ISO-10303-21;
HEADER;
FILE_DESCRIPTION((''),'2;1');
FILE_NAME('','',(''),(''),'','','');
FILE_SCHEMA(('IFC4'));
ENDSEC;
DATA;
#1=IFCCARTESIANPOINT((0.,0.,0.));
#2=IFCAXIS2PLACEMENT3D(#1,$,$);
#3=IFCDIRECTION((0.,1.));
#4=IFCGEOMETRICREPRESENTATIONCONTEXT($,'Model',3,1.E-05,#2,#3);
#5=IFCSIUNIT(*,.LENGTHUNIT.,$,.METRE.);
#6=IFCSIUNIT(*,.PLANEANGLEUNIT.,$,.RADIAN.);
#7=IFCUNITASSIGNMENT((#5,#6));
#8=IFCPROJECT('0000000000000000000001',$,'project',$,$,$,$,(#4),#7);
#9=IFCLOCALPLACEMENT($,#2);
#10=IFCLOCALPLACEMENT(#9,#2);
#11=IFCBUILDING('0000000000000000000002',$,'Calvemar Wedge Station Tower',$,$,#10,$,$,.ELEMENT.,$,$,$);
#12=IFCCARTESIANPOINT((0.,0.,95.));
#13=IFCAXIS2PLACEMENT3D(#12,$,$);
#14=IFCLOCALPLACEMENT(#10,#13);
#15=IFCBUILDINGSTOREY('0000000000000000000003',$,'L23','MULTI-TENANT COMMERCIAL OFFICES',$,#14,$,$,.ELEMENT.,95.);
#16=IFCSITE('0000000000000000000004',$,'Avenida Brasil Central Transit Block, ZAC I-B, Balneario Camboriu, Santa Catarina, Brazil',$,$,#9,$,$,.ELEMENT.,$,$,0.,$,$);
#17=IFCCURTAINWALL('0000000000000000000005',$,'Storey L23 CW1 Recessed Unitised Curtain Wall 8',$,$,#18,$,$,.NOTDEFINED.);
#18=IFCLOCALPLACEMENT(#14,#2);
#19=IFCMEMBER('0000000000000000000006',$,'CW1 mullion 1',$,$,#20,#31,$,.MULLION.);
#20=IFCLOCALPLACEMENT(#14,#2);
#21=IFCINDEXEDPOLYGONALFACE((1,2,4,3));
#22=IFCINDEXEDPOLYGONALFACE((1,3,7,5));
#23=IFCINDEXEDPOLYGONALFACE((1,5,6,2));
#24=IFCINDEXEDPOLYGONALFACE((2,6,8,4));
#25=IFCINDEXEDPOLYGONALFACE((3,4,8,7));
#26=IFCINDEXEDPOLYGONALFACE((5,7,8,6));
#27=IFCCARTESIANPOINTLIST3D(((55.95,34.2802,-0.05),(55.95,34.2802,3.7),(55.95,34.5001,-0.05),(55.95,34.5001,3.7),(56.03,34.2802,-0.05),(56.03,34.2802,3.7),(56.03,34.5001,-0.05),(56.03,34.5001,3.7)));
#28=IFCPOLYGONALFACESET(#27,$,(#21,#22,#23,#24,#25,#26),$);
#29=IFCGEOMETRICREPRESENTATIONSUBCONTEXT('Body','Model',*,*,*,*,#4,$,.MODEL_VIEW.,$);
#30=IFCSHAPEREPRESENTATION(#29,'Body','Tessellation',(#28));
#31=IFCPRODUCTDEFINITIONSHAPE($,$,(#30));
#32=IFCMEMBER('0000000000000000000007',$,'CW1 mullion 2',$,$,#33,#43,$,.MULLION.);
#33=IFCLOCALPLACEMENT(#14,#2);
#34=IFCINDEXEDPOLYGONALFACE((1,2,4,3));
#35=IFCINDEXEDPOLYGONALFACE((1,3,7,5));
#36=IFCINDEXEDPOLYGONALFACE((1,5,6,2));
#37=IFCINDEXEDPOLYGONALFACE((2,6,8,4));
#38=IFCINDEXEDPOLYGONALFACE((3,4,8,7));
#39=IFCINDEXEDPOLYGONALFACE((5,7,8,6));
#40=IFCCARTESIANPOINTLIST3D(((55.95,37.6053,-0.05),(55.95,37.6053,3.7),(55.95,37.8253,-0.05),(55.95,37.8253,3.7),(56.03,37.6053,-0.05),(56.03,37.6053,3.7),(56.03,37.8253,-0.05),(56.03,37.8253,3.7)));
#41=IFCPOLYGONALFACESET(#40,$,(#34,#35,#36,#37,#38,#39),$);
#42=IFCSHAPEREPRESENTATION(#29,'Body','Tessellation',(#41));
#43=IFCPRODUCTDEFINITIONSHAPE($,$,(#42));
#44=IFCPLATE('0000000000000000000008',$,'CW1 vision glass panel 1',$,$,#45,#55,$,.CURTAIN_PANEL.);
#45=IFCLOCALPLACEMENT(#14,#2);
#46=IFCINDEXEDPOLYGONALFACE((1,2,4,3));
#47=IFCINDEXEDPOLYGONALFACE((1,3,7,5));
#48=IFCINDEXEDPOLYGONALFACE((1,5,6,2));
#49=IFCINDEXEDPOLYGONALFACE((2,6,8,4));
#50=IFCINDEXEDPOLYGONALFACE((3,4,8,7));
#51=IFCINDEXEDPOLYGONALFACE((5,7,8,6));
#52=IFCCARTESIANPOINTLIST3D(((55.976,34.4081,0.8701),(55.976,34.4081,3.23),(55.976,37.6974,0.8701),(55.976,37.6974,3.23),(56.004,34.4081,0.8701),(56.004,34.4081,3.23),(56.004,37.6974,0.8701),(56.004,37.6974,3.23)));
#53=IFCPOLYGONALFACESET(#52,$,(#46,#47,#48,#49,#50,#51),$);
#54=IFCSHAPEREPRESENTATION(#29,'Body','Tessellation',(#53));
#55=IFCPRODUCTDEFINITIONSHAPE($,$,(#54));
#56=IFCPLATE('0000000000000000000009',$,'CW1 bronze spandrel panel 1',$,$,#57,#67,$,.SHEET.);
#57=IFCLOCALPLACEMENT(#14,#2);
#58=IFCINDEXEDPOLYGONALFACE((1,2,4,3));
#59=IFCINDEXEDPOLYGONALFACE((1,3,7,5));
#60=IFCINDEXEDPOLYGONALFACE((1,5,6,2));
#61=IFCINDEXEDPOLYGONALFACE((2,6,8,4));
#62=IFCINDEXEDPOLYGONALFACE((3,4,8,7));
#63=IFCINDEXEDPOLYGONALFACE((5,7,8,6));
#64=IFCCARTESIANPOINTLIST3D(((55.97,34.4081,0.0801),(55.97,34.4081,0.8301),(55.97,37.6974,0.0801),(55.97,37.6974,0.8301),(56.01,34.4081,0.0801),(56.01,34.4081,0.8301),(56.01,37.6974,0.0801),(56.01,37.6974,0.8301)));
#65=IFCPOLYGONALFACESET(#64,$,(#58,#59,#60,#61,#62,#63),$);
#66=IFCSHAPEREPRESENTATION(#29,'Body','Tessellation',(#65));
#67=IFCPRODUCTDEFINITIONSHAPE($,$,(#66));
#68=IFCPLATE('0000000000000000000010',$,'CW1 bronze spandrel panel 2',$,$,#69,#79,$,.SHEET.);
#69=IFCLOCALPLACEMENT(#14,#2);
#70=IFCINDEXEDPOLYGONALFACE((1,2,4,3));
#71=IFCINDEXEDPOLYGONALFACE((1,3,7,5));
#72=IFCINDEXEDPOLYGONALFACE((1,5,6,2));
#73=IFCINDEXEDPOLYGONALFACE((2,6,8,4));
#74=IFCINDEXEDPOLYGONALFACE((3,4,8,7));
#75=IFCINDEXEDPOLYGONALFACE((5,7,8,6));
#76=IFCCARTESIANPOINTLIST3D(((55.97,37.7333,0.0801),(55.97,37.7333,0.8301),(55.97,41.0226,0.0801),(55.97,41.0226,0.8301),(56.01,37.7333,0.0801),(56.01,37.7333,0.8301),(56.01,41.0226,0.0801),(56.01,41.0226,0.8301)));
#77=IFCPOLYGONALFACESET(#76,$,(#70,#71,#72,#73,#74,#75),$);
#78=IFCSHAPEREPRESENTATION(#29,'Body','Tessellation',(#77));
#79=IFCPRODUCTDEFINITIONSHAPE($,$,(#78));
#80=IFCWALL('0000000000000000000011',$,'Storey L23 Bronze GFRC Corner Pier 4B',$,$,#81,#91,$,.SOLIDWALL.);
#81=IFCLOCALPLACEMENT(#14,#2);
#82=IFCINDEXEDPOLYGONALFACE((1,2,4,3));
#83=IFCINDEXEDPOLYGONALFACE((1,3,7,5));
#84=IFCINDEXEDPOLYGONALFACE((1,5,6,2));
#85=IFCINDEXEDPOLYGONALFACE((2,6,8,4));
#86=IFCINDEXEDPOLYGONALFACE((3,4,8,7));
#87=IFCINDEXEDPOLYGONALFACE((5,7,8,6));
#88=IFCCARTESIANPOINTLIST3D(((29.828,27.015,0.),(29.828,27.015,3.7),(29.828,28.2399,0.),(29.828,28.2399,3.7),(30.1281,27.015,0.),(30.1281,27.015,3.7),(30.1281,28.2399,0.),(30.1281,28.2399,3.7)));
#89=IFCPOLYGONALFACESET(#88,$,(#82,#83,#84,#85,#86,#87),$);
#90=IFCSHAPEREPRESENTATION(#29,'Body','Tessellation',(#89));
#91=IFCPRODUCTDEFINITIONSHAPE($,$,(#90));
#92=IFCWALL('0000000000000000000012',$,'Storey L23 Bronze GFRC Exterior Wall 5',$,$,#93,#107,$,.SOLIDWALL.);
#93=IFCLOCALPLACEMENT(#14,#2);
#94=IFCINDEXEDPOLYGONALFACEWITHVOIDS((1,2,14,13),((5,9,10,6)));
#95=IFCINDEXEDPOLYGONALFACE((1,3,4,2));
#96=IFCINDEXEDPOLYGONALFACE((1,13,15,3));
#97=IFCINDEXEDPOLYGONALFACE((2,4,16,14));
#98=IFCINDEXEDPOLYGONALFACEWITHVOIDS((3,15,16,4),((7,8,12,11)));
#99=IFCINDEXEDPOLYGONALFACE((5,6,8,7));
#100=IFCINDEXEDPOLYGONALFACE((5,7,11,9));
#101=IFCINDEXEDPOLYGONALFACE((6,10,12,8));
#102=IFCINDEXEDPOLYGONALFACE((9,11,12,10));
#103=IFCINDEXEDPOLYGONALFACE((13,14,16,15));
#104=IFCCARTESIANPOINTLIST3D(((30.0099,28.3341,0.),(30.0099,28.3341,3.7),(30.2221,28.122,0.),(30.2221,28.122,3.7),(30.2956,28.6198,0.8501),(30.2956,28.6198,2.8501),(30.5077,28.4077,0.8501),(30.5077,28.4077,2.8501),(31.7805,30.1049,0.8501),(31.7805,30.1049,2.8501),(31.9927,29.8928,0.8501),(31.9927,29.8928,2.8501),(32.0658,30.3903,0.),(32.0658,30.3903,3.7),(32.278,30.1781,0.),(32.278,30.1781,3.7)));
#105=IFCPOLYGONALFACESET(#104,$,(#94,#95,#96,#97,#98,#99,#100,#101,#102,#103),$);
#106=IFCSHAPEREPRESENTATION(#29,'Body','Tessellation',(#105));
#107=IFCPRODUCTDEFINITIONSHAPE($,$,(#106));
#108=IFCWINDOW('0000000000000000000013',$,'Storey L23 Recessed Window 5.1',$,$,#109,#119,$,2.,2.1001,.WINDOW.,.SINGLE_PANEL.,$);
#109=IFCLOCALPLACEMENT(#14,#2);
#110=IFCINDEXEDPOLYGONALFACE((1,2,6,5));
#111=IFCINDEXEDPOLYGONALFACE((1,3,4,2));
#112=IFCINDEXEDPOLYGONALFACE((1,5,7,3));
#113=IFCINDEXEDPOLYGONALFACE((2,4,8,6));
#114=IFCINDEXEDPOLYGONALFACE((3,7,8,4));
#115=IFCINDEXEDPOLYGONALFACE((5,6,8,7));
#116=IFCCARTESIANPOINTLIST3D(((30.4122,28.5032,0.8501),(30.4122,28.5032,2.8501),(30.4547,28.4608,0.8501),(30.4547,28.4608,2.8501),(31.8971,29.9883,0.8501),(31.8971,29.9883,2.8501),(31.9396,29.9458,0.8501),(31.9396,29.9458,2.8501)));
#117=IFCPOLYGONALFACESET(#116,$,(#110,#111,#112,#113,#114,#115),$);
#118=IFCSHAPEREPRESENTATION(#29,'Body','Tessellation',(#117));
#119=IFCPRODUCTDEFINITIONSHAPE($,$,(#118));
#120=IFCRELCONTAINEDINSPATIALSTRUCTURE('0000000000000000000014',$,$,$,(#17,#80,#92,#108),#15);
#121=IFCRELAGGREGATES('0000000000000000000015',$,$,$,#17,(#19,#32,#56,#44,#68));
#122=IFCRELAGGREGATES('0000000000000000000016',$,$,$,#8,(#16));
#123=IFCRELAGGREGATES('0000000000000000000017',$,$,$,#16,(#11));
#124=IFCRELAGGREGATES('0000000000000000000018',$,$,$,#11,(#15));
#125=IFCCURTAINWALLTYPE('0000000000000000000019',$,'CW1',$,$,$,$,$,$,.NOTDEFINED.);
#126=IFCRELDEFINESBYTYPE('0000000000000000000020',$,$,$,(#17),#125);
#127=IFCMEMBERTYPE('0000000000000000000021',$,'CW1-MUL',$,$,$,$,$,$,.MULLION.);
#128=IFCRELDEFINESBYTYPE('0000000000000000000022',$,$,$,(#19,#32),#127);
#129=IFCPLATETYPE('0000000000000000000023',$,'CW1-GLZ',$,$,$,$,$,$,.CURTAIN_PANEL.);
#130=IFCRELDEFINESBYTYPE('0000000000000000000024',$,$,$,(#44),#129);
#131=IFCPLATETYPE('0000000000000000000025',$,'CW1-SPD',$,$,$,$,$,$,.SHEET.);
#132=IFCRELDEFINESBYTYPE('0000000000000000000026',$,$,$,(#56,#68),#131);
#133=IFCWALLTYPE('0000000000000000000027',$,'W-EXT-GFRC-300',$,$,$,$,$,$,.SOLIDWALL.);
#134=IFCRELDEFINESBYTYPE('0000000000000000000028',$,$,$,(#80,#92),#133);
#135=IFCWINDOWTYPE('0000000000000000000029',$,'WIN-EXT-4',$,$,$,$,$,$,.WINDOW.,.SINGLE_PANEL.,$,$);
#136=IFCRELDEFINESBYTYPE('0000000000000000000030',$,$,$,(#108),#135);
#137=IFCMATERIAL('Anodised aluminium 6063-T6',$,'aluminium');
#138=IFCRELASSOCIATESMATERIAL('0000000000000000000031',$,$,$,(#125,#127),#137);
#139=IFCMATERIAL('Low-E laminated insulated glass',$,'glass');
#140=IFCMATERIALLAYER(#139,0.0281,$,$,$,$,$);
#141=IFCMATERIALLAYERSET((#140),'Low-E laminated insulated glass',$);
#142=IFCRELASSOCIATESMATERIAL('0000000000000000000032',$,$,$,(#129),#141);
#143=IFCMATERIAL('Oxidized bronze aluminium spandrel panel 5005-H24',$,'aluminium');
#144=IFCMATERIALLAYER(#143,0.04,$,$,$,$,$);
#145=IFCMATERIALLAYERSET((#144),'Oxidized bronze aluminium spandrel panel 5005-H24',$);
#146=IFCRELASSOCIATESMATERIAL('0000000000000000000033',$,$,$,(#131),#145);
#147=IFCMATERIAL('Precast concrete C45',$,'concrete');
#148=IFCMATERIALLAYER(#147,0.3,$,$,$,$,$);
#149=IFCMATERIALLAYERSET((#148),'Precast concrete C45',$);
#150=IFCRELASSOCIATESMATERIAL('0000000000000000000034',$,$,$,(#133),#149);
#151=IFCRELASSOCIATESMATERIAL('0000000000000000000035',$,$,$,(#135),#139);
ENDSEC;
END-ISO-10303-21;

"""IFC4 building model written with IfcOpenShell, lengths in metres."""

from ifc_helpers import new_model, si_unit, direction, frame, frame_2d, origin, origin_2d, place, context, subcontext, project, spatial, rectangle, extrude, source, transform, mapped, material, layer, layer_set, material_profile, profile_set, type_object, element, fill, aggregate, save


model = new_model("IFC4")

# Units and contexts
model_context = context("Model", 3, precision=1e-05, world=origin(), true_north=direction((0.0, 1.0)))
body_context = subcontext(model_context, "Body", "Model", "MODEL_VIEW")
ifc_project = project(units=[si_unit("LENGTHUNIT", "METRE"), si_unit("PLANEANGLEUNIT", "RADIAN")], contexts=[model_context])

# Site, building, storey
site_placement = place(None, origin())
site = spatial("IfcSite", under=ifc_project, at=site_placement, Name="Avenida Brasil Central Transit Block, ZAC I-B, Balneario Camboriu, Santa Catarina, Brazil", CompositionType="ELEMENT", RefElevation=0.0)
building_placement = place(site_placement, origin())
building = spatial("IfcBuilding", under=site, at=building_placement, Name="Calvemar Wedge Station Tower", CompositionType="ELEMENT")
storey_placement = place(building_placement, frame((0.0, 0.0, 95.0)))
storey = spatial("IfcBuildingStorey", under=building, at=storey_placement, Name="L23", Description="MULTI-TENANT COMMERCIAL OFFICES", CompositionType="ELEMENT", Elevation=95.0)

# Curtain wall, members, plates
ifc_material_1 = material(Name="Anodised aluminium 6063-T6", Category="aluminium")
curtain_wall_type = type_object("IfcCurtainWallType", Name="CW1", PredefinedType="NOTDEFINED", material=ifc_material_1)
curtain_wall_placement = place(storey_placement, origin())
curtain_wall = element("IfcCurtainWall", 1, at=curtain_wall_placement, inside=storey, type_object=curtain_wall_type, Name="Storey L23 CW1 Recessed Unitised Curtain Wall 8", PredefinedType="NOTDEFINED")
ifc_material_profile_1 = material_profile(ifc_material_1, rectangle(XDim=0.0801, YDim=0.22, at=origin_2d()), Name="AL-MUL-80x220")
ifc_profile_set_1 = profile_set([ifc_material_profile_1], Name="Anodised aluminium 6063-T6")
member_type_1 = type_object("IfcMemberType", Name="CW1-MUL", PredefinedType="MULLION", material=ifc_profile_set_1)
shared_shape_1 = source(origin(), body_context, "Body", "SweptSolid", [
    extrude(rectangle(XDim=0.0801, YDim=0.22, at=origin_2d()), origin(), (0.0, 0.0, 1.0), 3.75),
])
member_1_placement = place(storey_placement, frame((55.99, 34.3901, -0.05), z_axis=(0.0, 0.0, 1.0), x_axis=(1.0, 0.0, 0.0)))
member_1 = element("IfcMember", 2, at=member_1_placement, type_object=member_type_1, Name="CW1 mullion 1", PredefinedType="MULLION", context=body_context, shape_type="MappedRepresentation", body=[
    mapped(shared_shape_1, transform((0.0, 0.0, 0.0), scale=1.0)),
])
member_2_placement = place(storey_placement, frame((55.99, 37.7153, -0.05), z_axis=(0.0, 0.0, 1.0), x_axis=(1.0, 0.0, 0.0)))
member_2 = element("IfcMember", 3, at=member_2_placement, type_object=member_type_1, Name="CW1 mullion 2", PredefinedType="MULLION", context=body_context, shape_type="MappedRepresentation", body=[
    mapped(shared_shape_1, transform((0.0, 0.0, 0.0), scale=1.0)),
])
ifc_material_2 = material(Name="Low-E laminated insulated glass", Category="glass")
ifc_layer_1 = layer(ifc_material_2, 0.0281)
ifc_layer_set_1 = layer_set([ifc_layer_1], Name="Low-E laminated insulated glass")
plate_type_1 = type_object("IfcPlateType", Name="CW1-GLZ", PredefinedType="CURTAIN_PANEL", material=ifc_layer_set_1)
plate_1_placement = place(storey_placement, frame((55.99, 34.4082, 0.8701), z_axis=(0.0, 0.0, 1.0), x_axis=(0.0, 1.0, 0.0)))
plate_1 = element("IfcPlate", 4, at=plate_1_placement, type_object=plate_type_1, Name="CW1 vision glass panel 1", PredefinedType="CURTAIN_PANEL", context=body_context, shape_type="SweptSolid", body=[
    extrude(rectangle(XDim=3.2893, YDim=0.0281, at=frame_2d((1.6445, 0.0))), origin(), (0.0, 0.0, 1.0), 2.3599),
])
ifc_material_3 = material(Name="Oxidized bronze aluminium spandrel panel 5005-H24", Category="aluminium")
ifc_layer_2 = layer(ifc_material_3, 0.04)
ifc_layer_set_2 = layer_set([ifc_layer_2], Name="Oxidized bronze aluminium spandrel panel 5005-H24")
plate_type_2 = type_object("IfcPlateType", Name="CW1-SPD", PredefinedType="SHEET", material=ifc_layer_set_2)
plate_2_placement = place(storey_placement, frame((55.99, 34.4082, 0.0801), z_axis=(0.0, 0.0, 1.0), x_axis=(0.0, 1.0, 0.0)))
plate_2 = element("IfcPlate", 5, at=plate_2_placement, type_object=plate_type_2, Name="CW1 bronze spandrel panel 1", PredefinedType="SHEET", context=body_context, shape_type="SweptSolid", body=[
    extrude(rectangle(XDim=3.2893, YDim=0.04, at=frame_2d((1.6445, 0.0))), origin(), (0.0, 0.0, 1.0), 0.75),
])
plate_3_placement = place(storey_placement, frame((55.99, 37.7334, 0.0801), z_axis=(0.0, 0.0, 1.0), x_axis=(0.0, 1.0, 0.0)))
plate_3 = element("IfcPlate", 6, at=plate_3_placement, type_object=plate_type_2, Name="CW1 bronze spandrel panel 2", PredefinedType="SHEET", context=body_context, shape_type="SweptSolid", body=[
    extrude(rectangle(XDim=3.2893, YDim=0.04, at=frame_2d((1.6445, 0.0))), origin(), (0.0, 0.0, 1.0), 0.75),
])
aggregate(curtain_wall, [member_1, member_2, plate_2, plate_1, plate_3])

# Wall
ifc_material_4 = material(Name="Precast concrete C45", Category="concrete")
ifc_layer_3 = layer(ifc_material_4, 0.3)
ifc_layer_set_3 = layer_set([ifc_layer_3], Name="Precast concrete C45")
wall_type_1 = type_object("IfcWallType", Name="W-EXT-GFRC-300", PredefinedType="SOLIDWALL", material=ifc_layer_set_3)
wall_1_placement = place(storey_placement, frame((29.978, 27.0151, 0.0), z_axis=(0.0, 0.0, 1.0), x_axis=(0.0, 1.0, 0.0)))
element("IfcWall", 7, at=wall_1_placement, inside=storey, type_object=wall_type_1, Name="Storey L23 Bronze GFRC Corner Pier 4B", PredefinedType="SOLIDWALL", context=body_context, shape_type="SweptSolid", body=[
    extrude(rectangle(XDim=1.2249, YDim=0.3, at=frame_2d((0.6123, 0.0))), origin(), (0.0, 0.0, 1.0), 3.7),
])

# Wall, opening, window
wall_2_placement = place(storey_placement, frame((30.116, 28.228, 0.0), z_axis=(0.0, 0.0, 1.0), x_axis=(0.707065, 0.707149, 0.0)))
wall_2 = element("IfcWall", 8, at=wall_2_placement, inside=storey, type_object=wall_type_1, Name="Storey L23 Bronze GFRC Exterior Wall 5", PredefinedType="SOLIDWALL", context=body_context, shape_type="SweptSolid", body=[
    extrude(rectangle(XDim=2.9077, YDim=0.3, at=frame_2d((1.4539, 0.0))), origin(), (0.0, 0.0, 1.0), 3.7),
])
shared_shape_2 = source(origin(), body_context, "Body", "SweptSolid", [
    extrude(rectangle(XDim=2.1001, YDim=2.0, at=frame_2d((1.05, 1.0))), frame((0.0, 0.1602, 0.0), z_axis=(0.0, -1.0, 0.0), x_axis=(1.0, 0.0, 0.0)), (0.0, 0.0, 1.0), 0.3201),
])
opening_1_placement = place(wall_2_placement, frame((0.4041, 0.0, 0.8501)))
opening_1 = element("IfcOpeningElement", 9, at=opening_1_placement, cuts=wall_2, PredefinedType="OPENING", context=body_context, shape_type="MappedRepresentation", body=[
    mapped(shared_shape_2, transform((0.0, 0.0, 0.0), scale=1.0)),
])
window_type_1 = type_object("IfcWindowType", Name="WIN-EXT-4", PartitioningType="SINGLE_PANEL", PredefinedType="WINDOW", material=ifc_material_2)
shared_shape_3 = source(origin(), body_context, "Body", "SweptSolid", [
    extrude(rectangle(XDim=2.1001, YDim=2.0, at=frame_2d((1.05, 1.0))), frame((0.0, -0.0149, 0.0), z_axis=(0.0, -1.0, 0.0), x_axis=(1.0, 0.0, 0.0)), (0.0, 0.0, 1.0), 0.0601),
])
window_1_placement = place(opening_1_placement, origin())
window_1 = element("IfcWindow", 10, at=window_1_placement, inside=storey, type_object=window_type_1, Name="Storey L23 Recessed Window 5.1", OverallHeight=2.0, OverallWidth=2.1001, PartitioningType="SINGLE_PANEL", PredefinedType="WINDOW", context=body_context, shape_type="MappedRepresentation", body=[
    mapped(shared_shape_3, transform((0.0, 0.0, 0.0), scale=1.0)),
])
fill(opening_1, window_1)

save(model, "model.ifc")
